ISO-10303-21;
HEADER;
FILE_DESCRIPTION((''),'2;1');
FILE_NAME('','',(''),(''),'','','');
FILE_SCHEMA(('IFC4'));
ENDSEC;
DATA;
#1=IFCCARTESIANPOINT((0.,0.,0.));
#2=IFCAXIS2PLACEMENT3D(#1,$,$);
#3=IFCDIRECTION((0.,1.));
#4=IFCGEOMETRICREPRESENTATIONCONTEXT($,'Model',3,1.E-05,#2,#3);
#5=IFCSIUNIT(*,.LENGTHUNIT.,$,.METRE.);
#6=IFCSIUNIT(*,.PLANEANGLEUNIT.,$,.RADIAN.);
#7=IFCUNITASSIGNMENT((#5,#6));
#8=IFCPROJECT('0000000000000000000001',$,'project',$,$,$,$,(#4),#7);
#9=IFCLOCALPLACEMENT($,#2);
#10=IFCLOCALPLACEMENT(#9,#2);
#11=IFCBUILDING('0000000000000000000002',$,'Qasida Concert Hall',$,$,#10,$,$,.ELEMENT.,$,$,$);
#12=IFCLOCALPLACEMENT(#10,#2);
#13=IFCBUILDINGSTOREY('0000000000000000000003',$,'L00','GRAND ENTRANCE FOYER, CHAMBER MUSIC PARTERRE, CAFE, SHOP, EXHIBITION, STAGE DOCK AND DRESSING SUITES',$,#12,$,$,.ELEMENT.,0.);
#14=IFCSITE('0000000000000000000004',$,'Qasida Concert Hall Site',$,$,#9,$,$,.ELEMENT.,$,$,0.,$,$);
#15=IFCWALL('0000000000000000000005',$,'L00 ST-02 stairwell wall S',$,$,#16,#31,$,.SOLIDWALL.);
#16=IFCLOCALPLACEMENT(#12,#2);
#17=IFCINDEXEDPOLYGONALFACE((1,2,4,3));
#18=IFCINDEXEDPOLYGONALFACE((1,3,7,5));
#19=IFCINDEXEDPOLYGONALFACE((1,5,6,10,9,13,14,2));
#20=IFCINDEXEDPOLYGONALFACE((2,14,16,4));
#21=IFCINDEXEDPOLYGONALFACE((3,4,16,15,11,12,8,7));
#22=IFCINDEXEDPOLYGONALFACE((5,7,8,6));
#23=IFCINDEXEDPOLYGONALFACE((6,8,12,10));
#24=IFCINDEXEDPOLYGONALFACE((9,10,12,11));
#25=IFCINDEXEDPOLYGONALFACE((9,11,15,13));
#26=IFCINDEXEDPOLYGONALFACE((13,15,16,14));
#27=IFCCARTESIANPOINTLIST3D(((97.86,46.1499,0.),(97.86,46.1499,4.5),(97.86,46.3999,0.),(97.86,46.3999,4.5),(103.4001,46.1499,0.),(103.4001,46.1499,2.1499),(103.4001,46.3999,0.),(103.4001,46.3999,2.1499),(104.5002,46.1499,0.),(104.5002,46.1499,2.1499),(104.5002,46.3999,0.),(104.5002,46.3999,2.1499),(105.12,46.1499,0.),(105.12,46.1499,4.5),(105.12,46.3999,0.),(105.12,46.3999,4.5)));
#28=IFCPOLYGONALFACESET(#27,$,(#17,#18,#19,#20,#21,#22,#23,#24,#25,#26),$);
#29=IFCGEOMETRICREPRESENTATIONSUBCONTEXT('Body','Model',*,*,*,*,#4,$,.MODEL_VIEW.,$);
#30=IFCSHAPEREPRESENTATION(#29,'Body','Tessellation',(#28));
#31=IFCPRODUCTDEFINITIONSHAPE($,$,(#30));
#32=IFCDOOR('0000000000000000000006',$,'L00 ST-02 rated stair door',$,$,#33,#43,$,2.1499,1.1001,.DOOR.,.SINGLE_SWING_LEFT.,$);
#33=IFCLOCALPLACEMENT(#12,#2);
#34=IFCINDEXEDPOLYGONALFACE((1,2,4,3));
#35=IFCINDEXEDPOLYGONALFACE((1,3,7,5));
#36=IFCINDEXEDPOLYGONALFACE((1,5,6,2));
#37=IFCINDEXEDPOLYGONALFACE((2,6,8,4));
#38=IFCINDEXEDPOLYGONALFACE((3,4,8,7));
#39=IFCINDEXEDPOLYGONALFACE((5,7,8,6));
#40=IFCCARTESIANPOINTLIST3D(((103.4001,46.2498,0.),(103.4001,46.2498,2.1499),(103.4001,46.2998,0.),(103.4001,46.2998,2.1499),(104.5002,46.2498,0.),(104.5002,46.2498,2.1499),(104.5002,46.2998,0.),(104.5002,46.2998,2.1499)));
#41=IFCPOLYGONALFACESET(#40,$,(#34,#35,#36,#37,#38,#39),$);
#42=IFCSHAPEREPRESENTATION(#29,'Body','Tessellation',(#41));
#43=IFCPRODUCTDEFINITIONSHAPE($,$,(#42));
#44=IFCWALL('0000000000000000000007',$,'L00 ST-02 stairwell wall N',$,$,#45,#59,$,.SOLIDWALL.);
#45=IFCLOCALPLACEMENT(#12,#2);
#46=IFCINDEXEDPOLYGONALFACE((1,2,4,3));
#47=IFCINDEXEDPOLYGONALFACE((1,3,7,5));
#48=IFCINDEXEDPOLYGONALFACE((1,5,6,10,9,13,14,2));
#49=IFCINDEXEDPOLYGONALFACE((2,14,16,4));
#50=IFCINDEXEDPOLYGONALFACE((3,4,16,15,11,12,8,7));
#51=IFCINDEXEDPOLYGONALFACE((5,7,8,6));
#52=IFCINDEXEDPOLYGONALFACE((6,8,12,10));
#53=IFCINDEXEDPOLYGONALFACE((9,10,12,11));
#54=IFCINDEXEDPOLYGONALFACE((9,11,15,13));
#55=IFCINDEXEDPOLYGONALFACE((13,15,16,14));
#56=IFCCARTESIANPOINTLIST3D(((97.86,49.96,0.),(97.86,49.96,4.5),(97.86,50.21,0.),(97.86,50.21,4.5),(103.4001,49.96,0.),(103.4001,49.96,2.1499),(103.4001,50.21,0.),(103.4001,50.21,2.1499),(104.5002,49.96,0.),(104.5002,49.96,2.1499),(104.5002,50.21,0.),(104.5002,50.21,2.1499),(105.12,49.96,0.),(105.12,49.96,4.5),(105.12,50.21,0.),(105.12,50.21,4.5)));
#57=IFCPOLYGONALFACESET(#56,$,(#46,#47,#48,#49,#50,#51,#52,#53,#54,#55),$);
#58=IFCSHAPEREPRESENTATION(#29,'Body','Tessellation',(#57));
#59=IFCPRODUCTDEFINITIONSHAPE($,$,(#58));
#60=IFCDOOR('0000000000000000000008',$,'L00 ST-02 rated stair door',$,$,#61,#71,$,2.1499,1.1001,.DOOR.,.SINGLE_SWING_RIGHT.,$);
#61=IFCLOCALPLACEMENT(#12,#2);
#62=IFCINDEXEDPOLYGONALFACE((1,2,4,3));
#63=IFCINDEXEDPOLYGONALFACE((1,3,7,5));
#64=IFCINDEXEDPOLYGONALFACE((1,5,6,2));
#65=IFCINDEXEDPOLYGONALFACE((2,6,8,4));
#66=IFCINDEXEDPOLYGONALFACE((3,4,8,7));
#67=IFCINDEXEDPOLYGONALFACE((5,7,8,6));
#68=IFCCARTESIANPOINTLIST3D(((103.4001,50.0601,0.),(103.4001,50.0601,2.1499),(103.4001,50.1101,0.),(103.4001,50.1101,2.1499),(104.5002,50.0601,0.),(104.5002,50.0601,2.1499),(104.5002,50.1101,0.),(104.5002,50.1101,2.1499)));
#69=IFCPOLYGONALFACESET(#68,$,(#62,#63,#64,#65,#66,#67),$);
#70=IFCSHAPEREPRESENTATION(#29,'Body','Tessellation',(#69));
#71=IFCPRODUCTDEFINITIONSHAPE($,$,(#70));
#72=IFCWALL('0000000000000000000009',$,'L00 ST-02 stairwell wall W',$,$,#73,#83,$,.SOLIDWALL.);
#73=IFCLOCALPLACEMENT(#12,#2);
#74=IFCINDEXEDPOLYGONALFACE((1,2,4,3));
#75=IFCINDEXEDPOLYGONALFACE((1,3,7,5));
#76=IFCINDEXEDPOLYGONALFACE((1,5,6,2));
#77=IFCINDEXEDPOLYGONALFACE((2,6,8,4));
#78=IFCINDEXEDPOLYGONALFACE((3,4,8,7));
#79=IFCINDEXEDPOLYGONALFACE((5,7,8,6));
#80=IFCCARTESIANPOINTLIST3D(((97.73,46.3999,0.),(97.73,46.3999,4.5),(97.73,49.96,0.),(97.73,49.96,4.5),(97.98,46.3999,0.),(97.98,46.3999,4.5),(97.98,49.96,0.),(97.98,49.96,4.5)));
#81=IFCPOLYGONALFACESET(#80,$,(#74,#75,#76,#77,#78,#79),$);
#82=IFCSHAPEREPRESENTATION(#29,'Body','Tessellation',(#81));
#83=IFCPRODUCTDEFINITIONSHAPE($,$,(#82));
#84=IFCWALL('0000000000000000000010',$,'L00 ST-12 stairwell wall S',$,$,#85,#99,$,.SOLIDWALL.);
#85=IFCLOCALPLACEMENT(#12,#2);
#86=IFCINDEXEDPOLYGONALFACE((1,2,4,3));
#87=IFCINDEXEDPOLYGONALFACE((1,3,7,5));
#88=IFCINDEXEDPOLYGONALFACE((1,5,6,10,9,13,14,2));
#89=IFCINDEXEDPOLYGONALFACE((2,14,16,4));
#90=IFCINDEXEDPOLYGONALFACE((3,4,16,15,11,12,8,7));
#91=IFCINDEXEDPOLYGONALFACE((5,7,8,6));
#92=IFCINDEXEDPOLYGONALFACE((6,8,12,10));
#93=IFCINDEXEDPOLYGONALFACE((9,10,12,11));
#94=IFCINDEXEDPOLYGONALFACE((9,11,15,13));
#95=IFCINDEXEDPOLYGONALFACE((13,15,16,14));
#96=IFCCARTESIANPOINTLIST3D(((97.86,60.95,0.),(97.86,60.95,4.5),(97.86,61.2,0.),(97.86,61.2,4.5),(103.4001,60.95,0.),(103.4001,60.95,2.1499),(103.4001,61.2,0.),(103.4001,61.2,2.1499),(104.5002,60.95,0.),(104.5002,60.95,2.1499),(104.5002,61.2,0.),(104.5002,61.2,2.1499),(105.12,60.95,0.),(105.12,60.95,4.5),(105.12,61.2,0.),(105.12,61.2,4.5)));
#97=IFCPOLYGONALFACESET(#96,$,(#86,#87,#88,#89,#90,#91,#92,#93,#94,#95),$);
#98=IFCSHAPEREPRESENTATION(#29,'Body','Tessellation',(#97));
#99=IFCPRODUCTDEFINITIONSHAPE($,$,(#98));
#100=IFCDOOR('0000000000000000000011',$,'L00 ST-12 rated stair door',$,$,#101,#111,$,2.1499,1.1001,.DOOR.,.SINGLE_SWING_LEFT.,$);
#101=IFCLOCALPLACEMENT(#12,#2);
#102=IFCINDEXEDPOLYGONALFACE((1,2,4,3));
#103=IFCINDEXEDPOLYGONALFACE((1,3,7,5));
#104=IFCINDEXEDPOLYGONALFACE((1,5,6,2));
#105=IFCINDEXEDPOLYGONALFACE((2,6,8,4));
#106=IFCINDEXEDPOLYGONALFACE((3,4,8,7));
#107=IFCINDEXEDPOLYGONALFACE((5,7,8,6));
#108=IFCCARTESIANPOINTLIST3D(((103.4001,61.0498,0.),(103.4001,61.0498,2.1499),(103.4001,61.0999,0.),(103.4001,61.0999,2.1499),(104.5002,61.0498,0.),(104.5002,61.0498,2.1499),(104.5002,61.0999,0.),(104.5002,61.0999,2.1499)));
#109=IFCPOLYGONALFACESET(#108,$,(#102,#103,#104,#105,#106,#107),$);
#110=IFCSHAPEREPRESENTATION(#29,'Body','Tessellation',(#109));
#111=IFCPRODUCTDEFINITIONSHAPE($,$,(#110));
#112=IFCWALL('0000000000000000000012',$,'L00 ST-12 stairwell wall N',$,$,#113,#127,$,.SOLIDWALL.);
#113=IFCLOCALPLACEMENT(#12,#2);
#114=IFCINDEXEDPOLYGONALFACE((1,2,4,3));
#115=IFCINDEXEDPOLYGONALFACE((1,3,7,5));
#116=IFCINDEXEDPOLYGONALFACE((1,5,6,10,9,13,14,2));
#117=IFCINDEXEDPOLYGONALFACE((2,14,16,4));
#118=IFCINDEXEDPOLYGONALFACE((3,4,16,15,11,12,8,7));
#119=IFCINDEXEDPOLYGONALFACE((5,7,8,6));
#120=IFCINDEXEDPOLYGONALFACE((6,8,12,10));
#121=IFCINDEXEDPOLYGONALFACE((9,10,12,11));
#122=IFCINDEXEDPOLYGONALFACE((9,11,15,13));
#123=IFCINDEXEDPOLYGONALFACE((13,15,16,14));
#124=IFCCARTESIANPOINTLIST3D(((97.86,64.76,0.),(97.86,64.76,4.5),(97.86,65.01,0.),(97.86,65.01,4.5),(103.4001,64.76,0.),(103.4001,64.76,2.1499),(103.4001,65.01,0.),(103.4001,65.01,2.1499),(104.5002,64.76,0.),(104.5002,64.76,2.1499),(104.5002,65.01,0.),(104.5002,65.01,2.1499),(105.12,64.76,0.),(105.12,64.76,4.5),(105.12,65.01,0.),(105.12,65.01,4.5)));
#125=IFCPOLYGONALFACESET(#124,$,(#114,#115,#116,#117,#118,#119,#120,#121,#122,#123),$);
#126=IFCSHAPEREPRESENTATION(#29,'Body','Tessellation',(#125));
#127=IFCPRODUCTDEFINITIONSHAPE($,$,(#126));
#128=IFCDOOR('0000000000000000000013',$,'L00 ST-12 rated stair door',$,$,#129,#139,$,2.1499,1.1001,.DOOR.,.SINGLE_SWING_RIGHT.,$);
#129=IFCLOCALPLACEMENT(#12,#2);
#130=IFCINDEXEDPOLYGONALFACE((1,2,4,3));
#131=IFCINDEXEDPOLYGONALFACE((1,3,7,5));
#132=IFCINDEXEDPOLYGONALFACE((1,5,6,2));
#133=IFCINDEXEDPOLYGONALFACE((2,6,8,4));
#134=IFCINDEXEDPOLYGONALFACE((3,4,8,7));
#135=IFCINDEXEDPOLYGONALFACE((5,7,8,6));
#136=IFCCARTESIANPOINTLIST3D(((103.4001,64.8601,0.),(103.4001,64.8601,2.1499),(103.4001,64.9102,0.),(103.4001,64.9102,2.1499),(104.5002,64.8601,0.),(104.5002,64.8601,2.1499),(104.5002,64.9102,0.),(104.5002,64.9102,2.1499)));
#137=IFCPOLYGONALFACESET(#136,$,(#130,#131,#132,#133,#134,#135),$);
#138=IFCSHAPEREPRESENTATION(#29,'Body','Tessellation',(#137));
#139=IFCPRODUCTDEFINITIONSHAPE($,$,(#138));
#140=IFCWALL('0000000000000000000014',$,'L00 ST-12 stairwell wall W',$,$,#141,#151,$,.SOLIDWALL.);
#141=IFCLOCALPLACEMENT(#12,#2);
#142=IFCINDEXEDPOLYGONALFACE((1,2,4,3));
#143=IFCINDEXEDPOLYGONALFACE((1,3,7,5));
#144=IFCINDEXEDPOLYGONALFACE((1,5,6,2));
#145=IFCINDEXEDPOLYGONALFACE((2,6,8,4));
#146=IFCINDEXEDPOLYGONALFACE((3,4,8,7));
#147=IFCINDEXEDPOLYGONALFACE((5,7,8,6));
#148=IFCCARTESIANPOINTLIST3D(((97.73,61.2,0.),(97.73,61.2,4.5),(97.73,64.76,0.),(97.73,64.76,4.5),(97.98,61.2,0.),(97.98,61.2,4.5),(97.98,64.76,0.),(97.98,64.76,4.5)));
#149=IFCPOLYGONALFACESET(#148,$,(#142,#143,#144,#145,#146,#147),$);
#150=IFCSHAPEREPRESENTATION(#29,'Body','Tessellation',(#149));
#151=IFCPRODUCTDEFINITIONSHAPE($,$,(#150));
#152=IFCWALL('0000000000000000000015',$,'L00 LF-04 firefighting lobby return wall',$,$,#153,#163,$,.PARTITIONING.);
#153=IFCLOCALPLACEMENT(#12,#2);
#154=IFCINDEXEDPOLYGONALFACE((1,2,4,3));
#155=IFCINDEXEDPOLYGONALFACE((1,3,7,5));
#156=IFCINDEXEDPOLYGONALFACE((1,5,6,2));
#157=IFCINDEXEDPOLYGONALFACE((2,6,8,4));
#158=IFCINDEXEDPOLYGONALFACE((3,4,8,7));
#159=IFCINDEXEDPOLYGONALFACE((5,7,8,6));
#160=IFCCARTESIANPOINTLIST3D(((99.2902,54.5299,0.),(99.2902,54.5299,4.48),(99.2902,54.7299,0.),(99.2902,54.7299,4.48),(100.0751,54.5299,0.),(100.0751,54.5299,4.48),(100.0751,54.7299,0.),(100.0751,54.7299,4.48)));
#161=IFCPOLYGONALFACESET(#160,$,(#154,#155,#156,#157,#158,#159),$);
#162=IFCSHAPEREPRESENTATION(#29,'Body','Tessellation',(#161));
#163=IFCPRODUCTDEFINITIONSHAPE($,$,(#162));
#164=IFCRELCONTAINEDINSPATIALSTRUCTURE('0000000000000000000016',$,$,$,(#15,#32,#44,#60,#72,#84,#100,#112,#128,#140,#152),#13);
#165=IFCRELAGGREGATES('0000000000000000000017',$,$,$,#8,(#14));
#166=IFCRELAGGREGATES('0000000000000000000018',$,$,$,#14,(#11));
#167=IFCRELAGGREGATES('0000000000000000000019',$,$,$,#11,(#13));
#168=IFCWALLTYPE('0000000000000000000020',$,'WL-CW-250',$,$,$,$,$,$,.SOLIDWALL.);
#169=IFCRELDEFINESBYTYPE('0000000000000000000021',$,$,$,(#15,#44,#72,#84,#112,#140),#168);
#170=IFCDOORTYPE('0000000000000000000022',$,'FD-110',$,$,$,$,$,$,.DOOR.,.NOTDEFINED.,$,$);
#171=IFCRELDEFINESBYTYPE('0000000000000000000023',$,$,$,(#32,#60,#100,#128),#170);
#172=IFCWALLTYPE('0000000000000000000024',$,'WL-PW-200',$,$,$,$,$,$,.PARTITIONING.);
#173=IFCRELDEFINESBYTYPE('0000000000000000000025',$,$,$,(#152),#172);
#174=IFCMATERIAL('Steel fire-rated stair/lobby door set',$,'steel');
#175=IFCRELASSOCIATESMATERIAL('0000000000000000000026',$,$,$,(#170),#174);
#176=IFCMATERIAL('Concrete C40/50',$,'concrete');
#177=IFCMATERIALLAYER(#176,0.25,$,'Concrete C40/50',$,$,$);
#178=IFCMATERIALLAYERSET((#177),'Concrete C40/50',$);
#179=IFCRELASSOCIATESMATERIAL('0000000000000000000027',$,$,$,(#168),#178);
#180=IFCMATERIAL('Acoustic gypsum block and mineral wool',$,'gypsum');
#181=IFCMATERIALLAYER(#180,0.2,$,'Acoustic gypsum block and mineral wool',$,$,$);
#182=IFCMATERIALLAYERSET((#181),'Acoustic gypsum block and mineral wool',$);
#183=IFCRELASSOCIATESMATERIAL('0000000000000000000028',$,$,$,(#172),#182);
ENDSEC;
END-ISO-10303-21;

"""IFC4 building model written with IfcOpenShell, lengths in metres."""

from ifc_helpers import new_model, si_unit, direction, frame, frame_2d, origin, place, context, subcontext, project, spatial, rectangle, extrude, material, layer, layer_set, type_object, element, fill, save


model = new_model("IFC4")

# Units and contexts
model_context = context("Model", 3, precision=1e-05, world=origin(), true_north=direction((0.0, 1.0)))
body_context = subcontext(model_context, "Body", "Model", "MODEL_VIEW")
ifc_project = project(units=[si_unit("LENGTHUNIT", "METRE"), si_unit("PLANEANGLEUNIT", "RADIAN")], contexts=[model_context])

# Site, building, storey
site_placement = place(None, origin())
site = spatial("IfcSite", under=ifc_project, at=site_placement, Name="Qasida Concert Hall Site", CompositionType="ELEMENT", RefElevation=0.0)
building_placement = place(site_placement, origin())
building = spatial("IfcBuilding", under=site, at=building_placement, Name="Qasida Concert Hall", CompositionType="ELEMENT")
storey_placement = place(building_placement, origin())
storey = spatial("IfcBuildingStorey", under=building, at=storey_placement, Name="L00", Description="GRAND ENTRANCE FOYER, CHAMBER MUSIC PARTERRE, CAFE, SHOP, EXHIBITION, STAGE DOCK AND DRESSING SUITES", CompositionType="ELEMENT", Elevation=0.0)

# Shared definitions
ifc_material_1 = material(Name="Concrete C40/50", Category="concrete")

# Walls, openings, doors
ifc_material_2 = material(Name="Steel fire-rated stair/lobby door set", Category="steel")
door_type_1 = type_object("IfcDoorType", Name="FD-110", OperationType="NOTDEFINED", PredefinedType="DOOR", material=ifc_material_2)
ifc_layer_1 = layer(ifc_material_1, 0.25, Name="Concrete C40/50")
ifc_layer_set_1 = layer_set([ifc_layer_1], Name="Concrete C40/50")
wall_type_1 = type_object("IfcWallType", Name="WL-CW-250", PredefinedType="SOLIDWALL", material=ifc_layer_set_1)
wall_1_placement = place(storey_placement, frame((97.8601, 46.2749, 0.0), z_axis=(0.0, 0.0, 1.0), x_axis=(1.0, 0.0, 0.0)))
wall_1 = element("IfcWall", 1, at=wall_1_placement, inside=storey, type_object=wall_type_1, Name="L00 ST-02 stairwell wall S", PredefinedType="SOLIDWALL", context=body_context, shape_type="SweptSolid", body=[
    extrude(rectangle(XDim=7.26, YDim=0.25, at=frame_2d((3.6299, 0.0))), origin(), (0.0, 0.0, 1.0), 4.5),
])
opening_1_placement = place(wall_1_placement, frame((5.54, 0.0, 0.0)))
opening_1 = element("IfcOpeningElement", 2, at=opening_1_placement, cuts=wall_1, PredefinedType="OPENING", context=body_context, shape_type="SweptSolid", body=[
    extrude(rectangle(XDim=1.1001, YDim=2.1499, at=frame_2d((0.55, 1.075))), frame((0.0, 0.135, 0.0), z_axis=(0.0, -1.0, 0.0), x_axis=(1.0, 0.0, 0.0)), (0.0, 0.0, 1.0), 0.27),
])
door_1_placement = place(opening_1_placement, origin())
door_1 = element("IfcDoor", 3, at=door_1_placement, inside=storey, type_object=door_type_1, Name="L00 ST-02 rated stair door", OperationType="SINGLE_SWING_LEFT", OverallHeight=2.1499, OverallWidth=1.1001, PredefinedType="DOOR", context=body_context, shape_type="SweptSolid", body=[
    extrude(rectangle(XDim=1.1001, YDim=2.1499, at=frame_2d((0.55, 1.075))), frame((0.0, 0.0249, 0.0), z_axis=(0.0, -1.0, 0.0), x_axis=(1.0, 0.0, 0.0)), (0.0, 0.0, 1.0), 0.05),
])
fill(opening_1, door_1)
wall_2_placement = place(storey_placement, frame((97.8601, 50.085, 0.0), z_axis=(0.0, 0.0, 1.0), x_axis=(1.0, 0.0, 0.0)))
wall_2 = element("IfcWall", 4, at=wall_2_placement, inside=storey, type_object=wall_type_1, Name="L00 ST-02 stairwell wall N", PredefinedType="SOLIDWALL", context=body_context, shape_type="SweptSolid", body=[
    extrude(rectangle(XDim=7.26, YDim=0.25, at=frame_2d((3.6299, 0.0))), origin(), (0.0, 0.0, 1.0), 4.5),
])
opening_2_placement = place(wall_2_placement, frame((5.54, 0.0, 0.0)))
opening_2 = element("IfcOpeningElement", 5, at=opening_2_placement, cuts=wall_2, PredefinedType="OPENING", context=body_context, shape_type="SweptSolid", body=[
    extrude(rectangle(XDim=1.1001, YDim=2.1499, at=frame_2d((0.55, 1.075))), frame((0.0, 0.135, 0.0), z_axis=(0.0, -1.0, 0.0), x_axis=(1.0, 0.0, 0.0)), (0.0, 0.0, 1.0), 0.27),
])
door_2_placement = place(opening_2_placement, frame((1.1001, 0.0, 0.0), z_axis=(0.0, 0.0, 1.0), x_axis=(-1.0, 0.0, 0.0)))
door_2 = element("IfcDoor", 6, at=door_2_placement, inside=storey, type_object=door_type_1, Name="L00 ST-02 rated stair door", OperationType="SINGLE_SWING_RIGHT", OverallHeight=2.1499, OverallWidth=1.1001, PredefinedType="DOOR", context=body_context, shape_type="SweptSolid", body=[
    extrude(rectangle(XDim=1.1001, YDim=2.1499, at=frame_2d((0.55, 1.075))), frame((0.0, 0.0249, 0.0), z_axis=(0.0, -1.0, 0.0), x_axis=(1.0, 0.0, 0.0)), (0.0, 0.0, 1.0), 0.05),
])
fill(opening_2, door_2)

# Wall
wall_3_placement = place(storey_placement, frame((97.855, 46.3999, 0.0), z_axis=(0.0, 0.0, 1.0), x_axis=(0.0, 1.0, 0.0)))
element("IfcWall", 7, at=wall_3_placement, inside=storey, type_object=wall_type_1, Name="L00 ST-02 stairwell wall W", PredefinedType="SOLIDWALL", context=body_context, shape_type="SweptSolid", body=[
    extrude(rectangle(XDim=3.5601, YDim=0.25, at=frame_2d((1.78, 0.0))), origin(), (0.0, 0.0, 1.0), 4.5),
])

# Walls, openings, doors
wall_4_placement = place(storey_placement, frame((97.8601, 61.075, 0.0), z_axis=(0.0, 0.0, 1.0), x_axis=(1.0, 0.0, 0.0)))
wall_4 = element("IfcWall", 8, at=wall_4_placement, inside=storey, type_object=wall_type_1, Name="L00 ST-12 stairwell wall S", PredefinedType="SOLIDWALL", context=body_context, shape_type="SweptSolid", body=[
    extrude(rectangle(XDim=7.26, YDim=0.25, at=frame_2d((3.6299, 0.0))), origin(), (0.0, 0.0, 1.0), 4.5),
])
opening_3_placement = place(wall_4_placement, frame((5.54, 0.0, 0.0)))
opening_3 = element("IfcOpeningElement", 9, at=opening_3_placement, cuts=wall_4, PredefinedType="OPENING", context=body_context, shape_type="SweptSolid", body=[
    extrude(rectangle(XDim=1.1001, YDim=2.1499, at=frame_2d((0.55, 1.075))), frame((0.0, 0.135, 0.0), z_axis=(0.0, -1.0, 0.0), x_axis=(1.0, 0.0, 0.0)), (0.0, 0.0, 1.0), 0.27),
])
door_3_placement = place(opening_3_placement, origin())
door_3 = element("IfcDoor", 10, at=door_3_placement, inside=storey, type_object=door_type_1, Name="L00 ST-12 rated stair door", OperationType="SINGLE_SWING_LEFT", OverallHeight=2.1499, OverallWidth=1.1001, PredefinedType="DOOR", context=body_context, shape_type="SweptSolid", body=[
    extrude(rectangle(XDim=1.1001, YDim=2.1499, at=frame_2d((0.55, 1.075))), frame((0.0, 0.0249, 0.0), z_axis=(0.0, -1.0, 0.0), x_axis=(1.0, 0.0, 0.0)), (0.0, 0.0, 1.0), 0.05),
])
fill(opening_3, door_3)
wall_5_placement = place(storey_placement, frame((97.8601, 64.885, 0.0), z_axis=(0.0, 0.0, 1.0), x_axis=(1.0, 0.0, 0.0)))
wall_5 = element("IfcWall", 11, at=wall_5_placement, inside=storey, type_object=wall_type_1, Name="L00 ST-12 stairwell wall N", PredefinedType="SOLIDWALL", context=body_context, shape_type="SweptSolid", body=[
    extrude(rectangle(XDim=7.26, YDim=0.25, at=frame_2d((3.6299, 0.0))), origin(), (0.0, 0.0, 1.0), 4.5),
])
opening_4_placement = place(wall_5_placement, frame((5.54, 0.0, 0.0)))
opening_4 = element("IfcOpeningElement", 12, at=opening_4_placement, cuts=wall_5, PredefinedType="OPENING", context=body_context, shape_type="SweptSolid", body=[
    extrude(rectangle(XDim=1.1001, YDim=2.1499, at=frame_2d((0.55, 1.075))), frame((0.0, 0.135, 0.0), z_axis=(0.0, -1.0, 0.0), x_axis=(1.0, 0.0, 0.0)), (0.0, 0.0, 1.0), 0.27),
])
door_4_placement = place(opening_4_placement, frame((1.1001, 0.0, 0.0), z_axis=(0.0, 0.0, 1.0), x_axis=(-1.0, 0.0, 0.0)))
door_4 = element("IfcDoor", 13, at=door_4_placement, inside=storey, type_object=door_type_1, Name="L00 ST-12 rated stair door", OperationType="SINGLE_SWING_RIGHT", OverallHeight=2.1499, OverallWidth=1.1001, PredefinedType="DOOR", context=body_context, shape_type="SweptSolid", body=[
    extrude(rectangle(XDim=1.1001, YDim=2.1499, at=frame_2d((0.55, 1.075))), frame((0.0, 0.0249, 0.0), z_axis=(0.0, -1.0, 0.0), x_axis=(1.0, 0.0, 0.0)), (0.0, 0.0, 1.0), 0.05),
])
fill(opening_4, door_4)

# Walls
wall_6_placement = place(storey_placement, frame((97.855, 61.2, 0.0), z_axis=(0.0, 0.0, 1.0), x_axis=(0.0, 1.0, 0.0)))
element("IfcWall", 14, at=wall_6_placement, inside=storey, type_object=wall_type_1, Name="L00 ST-12 stairwell wall W", PredefinedType="SOLIDWALL", context=body_context, shape_type="SweptSolid", body=[
    extrude(rectangle(XDim=3.5601, YDim=0.25, at=frame_2d((1.78, 0.0))), origin(), (0.0, 0.0, 1.0), 4.5),
])
ifc_material_3 = material(Name="Acoustic gypsum block and mineral wool", Category="gypsum")
ifc_layer_2 = layer(ifc_material_3, 0.2, Name="Acoustic gypsum block and mineral wool")
ifc_layer_set_2 = layer_set([ifc_layer_2], Name="Acoustic gypsum block and mineral wool")
wall_type_2 = type_object("IfcWallType", Name="WL-PW-200", PredefinedType="PARTITIONING", material=ifc_layer_set_2)
wall_7_placement = place(storey_placement, frame((99.29, 54.6299, 0.0), z_axis=(0.0, 0.0, 1.0), x_axis=(1.0, 0.0, 0.0)))
element("IfcWall", 15, at=wall_7_placement, inside=storey, type_object=wall_type_2, Name="L00 LF-04 firefighting lobby return wall", PredefinedType="PARTITIONING", context=body_context, shape_type="SweptSolid", body=[
    extrude(rectangle(XDim=0.7849, YDim=0.2, at=frame_2d((0.3926, 0.0))), origin(), (0.0, 0.0, 1.0), 4.48),
])

save(model, "model.ifc")
